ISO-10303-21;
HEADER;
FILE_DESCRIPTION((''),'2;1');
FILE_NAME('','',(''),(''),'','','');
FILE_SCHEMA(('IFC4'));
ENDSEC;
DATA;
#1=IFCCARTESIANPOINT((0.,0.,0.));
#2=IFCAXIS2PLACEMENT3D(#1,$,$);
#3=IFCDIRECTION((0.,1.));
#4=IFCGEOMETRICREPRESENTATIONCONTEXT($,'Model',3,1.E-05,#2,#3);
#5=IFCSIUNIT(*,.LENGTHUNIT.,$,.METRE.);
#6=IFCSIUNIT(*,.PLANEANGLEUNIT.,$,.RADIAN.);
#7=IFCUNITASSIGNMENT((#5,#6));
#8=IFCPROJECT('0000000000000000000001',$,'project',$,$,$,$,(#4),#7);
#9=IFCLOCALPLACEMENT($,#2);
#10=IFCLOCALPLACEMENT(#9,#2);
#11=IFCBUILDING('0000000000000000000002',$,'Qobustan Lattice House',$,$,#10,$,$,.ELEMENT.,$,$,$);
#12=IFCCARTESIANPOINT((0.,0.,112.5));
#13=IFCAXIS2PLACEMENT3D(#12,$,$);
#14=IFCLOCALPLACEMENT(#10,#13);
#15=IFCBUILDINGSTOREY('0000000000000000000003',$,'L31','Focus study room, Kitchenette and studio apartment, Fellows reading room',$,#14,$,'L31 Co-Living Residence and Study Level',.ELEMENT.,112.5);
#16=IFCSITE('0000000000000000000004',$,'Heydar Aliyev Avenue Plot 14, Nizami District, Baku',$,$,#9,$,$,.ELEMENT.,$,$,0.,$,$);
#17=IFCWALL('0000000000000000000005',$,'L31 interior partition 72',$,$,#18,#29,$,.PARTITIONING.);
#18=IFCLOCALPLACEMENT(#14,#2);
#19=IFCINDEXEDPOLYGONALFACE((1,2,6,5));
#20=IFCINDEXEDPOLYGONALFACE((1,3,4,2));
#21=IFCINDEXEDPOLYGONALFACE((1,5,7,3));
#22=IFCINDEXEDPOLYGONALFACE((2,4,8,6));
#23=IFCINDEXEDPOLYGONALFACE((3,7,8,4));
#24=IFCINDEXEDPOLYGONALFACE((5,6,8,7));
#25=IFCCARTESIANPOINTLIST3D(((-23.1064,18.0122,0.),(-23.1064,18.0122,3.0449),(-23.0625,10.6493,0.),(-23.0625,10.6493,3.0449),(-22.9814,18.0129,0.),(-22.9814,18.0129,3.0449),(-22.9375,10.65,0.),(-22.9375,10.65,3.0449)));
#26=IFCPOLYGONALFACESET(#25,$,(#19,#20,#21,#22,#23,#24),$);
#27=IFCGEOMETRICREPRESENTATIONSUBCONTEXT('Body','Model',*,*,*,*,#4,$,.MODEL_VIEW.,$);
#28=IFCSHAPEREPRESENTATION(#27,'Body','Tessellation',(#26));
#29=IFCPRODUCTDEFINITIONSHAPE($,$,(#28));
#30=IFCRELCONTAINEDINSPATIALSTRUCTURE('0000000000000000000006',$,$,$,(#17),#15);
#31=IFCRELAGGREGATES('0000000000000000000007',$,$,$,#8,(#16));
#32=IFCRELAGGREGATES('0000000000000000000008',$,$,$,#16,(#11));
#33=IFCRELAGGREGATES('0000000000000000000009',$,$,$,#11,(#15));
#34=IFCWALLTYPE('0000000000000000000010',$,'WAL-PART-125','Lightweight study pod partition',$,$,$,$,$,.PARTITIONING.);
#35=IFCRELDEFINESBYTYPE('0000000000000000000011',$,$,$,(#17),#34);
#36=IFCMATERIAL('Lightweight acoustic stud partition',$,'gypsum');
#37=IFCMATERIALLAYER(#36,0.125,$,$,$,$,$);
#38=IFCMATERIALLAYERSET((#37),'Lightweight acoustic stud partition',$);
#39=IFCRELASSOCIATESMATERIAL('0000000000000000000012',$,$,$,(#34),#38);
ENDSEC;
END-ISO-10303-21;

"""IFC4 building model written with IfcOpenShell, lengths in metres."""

from ifc_helpers import new_model, si_unit, direction, frame, frame_2d, origin, place, context, subcontext, project, spatial, rectangle, extrude, material, layer, layer_set, type_object, element, save


model = new_model("IFC4")

# Units and contexts
model_context = context("Model", 3, precision=1e-05, world=origin(), true_north=direction((0.0, 1.0)))
body_context = subcontext(model_context, "Body", "Model", "MODEL_VIEW")
ifc_project = project(units=[si_unit("LENGTHUNIT", "METRE"), si_unit("PLANEANGLEUNIT", "RADIAN")], contexts=[model_context])

# Site, building, storey
site_placement = place(None, origin())
site = spatial("IfcSite", under=ifc_project, at=site_placement, Name="Heydar Aliyev Avenue Plot 14, Nizami District, Baku", CompositionType="ELEMENT", RefElevation=0.0)
building_placement = place(site_placement, origin())
building = spatial("IfcBuilding", under=site, at=building_placement, Name="Qobustan Lattice House", CompositionType="ELEMENT")
storey_placement = place(building_placement, frame((0.0, 0.0, 112.5)))
storey = spatial("IfcBuildingStorey", under=building, at=storey_placement, Name="L31", Description="Focus study room, Kitchenette and studio apartment, Fellows reading room", LongName="L31 Co-Living Residence and Study Level", CompositionType="ELEMENT", Elevation=112.5)

# Wall
ifc_material_1 = material(Name="Lightweight acoustic stud partition", Category="gypsum")
ifc_layer_1 = layer(ifc_material_1, 0.125)
ifc_layer_set_1 = layer_set([ifc_layer_1], Name="Lightweight acoustic stud partition")
wall_type_1 = type_object("IfcWallType", Name="WAL-PART-125", Description="Lightweight study pod partition", PredefinedType="PARTITIONING", material=ifc_layer_set_1)
wall_1_placement = place(storey_placement, frame((-23.0439, 18.0127, 0.0), z_axis=(0.0, 0.0, 1.0), x_axis=(0.005968, -0.999982, 0.0)))
element("IfcWall", 1, at=wall_1_placement, inside=storey, type_object=wall_type_1, Name="L31 interior partition 72", PredefinedType="PARTITIONING", context=body_context, shape_type="SweptSolid", body=[
    extrude(rectangle(XDim=7.363, YDim=0.125, at=frame_2d((3.6816, 0.0))), origin(), (0.0, 0.0, 1.0), 3.0449),
])

save(model, "model.ifc")
